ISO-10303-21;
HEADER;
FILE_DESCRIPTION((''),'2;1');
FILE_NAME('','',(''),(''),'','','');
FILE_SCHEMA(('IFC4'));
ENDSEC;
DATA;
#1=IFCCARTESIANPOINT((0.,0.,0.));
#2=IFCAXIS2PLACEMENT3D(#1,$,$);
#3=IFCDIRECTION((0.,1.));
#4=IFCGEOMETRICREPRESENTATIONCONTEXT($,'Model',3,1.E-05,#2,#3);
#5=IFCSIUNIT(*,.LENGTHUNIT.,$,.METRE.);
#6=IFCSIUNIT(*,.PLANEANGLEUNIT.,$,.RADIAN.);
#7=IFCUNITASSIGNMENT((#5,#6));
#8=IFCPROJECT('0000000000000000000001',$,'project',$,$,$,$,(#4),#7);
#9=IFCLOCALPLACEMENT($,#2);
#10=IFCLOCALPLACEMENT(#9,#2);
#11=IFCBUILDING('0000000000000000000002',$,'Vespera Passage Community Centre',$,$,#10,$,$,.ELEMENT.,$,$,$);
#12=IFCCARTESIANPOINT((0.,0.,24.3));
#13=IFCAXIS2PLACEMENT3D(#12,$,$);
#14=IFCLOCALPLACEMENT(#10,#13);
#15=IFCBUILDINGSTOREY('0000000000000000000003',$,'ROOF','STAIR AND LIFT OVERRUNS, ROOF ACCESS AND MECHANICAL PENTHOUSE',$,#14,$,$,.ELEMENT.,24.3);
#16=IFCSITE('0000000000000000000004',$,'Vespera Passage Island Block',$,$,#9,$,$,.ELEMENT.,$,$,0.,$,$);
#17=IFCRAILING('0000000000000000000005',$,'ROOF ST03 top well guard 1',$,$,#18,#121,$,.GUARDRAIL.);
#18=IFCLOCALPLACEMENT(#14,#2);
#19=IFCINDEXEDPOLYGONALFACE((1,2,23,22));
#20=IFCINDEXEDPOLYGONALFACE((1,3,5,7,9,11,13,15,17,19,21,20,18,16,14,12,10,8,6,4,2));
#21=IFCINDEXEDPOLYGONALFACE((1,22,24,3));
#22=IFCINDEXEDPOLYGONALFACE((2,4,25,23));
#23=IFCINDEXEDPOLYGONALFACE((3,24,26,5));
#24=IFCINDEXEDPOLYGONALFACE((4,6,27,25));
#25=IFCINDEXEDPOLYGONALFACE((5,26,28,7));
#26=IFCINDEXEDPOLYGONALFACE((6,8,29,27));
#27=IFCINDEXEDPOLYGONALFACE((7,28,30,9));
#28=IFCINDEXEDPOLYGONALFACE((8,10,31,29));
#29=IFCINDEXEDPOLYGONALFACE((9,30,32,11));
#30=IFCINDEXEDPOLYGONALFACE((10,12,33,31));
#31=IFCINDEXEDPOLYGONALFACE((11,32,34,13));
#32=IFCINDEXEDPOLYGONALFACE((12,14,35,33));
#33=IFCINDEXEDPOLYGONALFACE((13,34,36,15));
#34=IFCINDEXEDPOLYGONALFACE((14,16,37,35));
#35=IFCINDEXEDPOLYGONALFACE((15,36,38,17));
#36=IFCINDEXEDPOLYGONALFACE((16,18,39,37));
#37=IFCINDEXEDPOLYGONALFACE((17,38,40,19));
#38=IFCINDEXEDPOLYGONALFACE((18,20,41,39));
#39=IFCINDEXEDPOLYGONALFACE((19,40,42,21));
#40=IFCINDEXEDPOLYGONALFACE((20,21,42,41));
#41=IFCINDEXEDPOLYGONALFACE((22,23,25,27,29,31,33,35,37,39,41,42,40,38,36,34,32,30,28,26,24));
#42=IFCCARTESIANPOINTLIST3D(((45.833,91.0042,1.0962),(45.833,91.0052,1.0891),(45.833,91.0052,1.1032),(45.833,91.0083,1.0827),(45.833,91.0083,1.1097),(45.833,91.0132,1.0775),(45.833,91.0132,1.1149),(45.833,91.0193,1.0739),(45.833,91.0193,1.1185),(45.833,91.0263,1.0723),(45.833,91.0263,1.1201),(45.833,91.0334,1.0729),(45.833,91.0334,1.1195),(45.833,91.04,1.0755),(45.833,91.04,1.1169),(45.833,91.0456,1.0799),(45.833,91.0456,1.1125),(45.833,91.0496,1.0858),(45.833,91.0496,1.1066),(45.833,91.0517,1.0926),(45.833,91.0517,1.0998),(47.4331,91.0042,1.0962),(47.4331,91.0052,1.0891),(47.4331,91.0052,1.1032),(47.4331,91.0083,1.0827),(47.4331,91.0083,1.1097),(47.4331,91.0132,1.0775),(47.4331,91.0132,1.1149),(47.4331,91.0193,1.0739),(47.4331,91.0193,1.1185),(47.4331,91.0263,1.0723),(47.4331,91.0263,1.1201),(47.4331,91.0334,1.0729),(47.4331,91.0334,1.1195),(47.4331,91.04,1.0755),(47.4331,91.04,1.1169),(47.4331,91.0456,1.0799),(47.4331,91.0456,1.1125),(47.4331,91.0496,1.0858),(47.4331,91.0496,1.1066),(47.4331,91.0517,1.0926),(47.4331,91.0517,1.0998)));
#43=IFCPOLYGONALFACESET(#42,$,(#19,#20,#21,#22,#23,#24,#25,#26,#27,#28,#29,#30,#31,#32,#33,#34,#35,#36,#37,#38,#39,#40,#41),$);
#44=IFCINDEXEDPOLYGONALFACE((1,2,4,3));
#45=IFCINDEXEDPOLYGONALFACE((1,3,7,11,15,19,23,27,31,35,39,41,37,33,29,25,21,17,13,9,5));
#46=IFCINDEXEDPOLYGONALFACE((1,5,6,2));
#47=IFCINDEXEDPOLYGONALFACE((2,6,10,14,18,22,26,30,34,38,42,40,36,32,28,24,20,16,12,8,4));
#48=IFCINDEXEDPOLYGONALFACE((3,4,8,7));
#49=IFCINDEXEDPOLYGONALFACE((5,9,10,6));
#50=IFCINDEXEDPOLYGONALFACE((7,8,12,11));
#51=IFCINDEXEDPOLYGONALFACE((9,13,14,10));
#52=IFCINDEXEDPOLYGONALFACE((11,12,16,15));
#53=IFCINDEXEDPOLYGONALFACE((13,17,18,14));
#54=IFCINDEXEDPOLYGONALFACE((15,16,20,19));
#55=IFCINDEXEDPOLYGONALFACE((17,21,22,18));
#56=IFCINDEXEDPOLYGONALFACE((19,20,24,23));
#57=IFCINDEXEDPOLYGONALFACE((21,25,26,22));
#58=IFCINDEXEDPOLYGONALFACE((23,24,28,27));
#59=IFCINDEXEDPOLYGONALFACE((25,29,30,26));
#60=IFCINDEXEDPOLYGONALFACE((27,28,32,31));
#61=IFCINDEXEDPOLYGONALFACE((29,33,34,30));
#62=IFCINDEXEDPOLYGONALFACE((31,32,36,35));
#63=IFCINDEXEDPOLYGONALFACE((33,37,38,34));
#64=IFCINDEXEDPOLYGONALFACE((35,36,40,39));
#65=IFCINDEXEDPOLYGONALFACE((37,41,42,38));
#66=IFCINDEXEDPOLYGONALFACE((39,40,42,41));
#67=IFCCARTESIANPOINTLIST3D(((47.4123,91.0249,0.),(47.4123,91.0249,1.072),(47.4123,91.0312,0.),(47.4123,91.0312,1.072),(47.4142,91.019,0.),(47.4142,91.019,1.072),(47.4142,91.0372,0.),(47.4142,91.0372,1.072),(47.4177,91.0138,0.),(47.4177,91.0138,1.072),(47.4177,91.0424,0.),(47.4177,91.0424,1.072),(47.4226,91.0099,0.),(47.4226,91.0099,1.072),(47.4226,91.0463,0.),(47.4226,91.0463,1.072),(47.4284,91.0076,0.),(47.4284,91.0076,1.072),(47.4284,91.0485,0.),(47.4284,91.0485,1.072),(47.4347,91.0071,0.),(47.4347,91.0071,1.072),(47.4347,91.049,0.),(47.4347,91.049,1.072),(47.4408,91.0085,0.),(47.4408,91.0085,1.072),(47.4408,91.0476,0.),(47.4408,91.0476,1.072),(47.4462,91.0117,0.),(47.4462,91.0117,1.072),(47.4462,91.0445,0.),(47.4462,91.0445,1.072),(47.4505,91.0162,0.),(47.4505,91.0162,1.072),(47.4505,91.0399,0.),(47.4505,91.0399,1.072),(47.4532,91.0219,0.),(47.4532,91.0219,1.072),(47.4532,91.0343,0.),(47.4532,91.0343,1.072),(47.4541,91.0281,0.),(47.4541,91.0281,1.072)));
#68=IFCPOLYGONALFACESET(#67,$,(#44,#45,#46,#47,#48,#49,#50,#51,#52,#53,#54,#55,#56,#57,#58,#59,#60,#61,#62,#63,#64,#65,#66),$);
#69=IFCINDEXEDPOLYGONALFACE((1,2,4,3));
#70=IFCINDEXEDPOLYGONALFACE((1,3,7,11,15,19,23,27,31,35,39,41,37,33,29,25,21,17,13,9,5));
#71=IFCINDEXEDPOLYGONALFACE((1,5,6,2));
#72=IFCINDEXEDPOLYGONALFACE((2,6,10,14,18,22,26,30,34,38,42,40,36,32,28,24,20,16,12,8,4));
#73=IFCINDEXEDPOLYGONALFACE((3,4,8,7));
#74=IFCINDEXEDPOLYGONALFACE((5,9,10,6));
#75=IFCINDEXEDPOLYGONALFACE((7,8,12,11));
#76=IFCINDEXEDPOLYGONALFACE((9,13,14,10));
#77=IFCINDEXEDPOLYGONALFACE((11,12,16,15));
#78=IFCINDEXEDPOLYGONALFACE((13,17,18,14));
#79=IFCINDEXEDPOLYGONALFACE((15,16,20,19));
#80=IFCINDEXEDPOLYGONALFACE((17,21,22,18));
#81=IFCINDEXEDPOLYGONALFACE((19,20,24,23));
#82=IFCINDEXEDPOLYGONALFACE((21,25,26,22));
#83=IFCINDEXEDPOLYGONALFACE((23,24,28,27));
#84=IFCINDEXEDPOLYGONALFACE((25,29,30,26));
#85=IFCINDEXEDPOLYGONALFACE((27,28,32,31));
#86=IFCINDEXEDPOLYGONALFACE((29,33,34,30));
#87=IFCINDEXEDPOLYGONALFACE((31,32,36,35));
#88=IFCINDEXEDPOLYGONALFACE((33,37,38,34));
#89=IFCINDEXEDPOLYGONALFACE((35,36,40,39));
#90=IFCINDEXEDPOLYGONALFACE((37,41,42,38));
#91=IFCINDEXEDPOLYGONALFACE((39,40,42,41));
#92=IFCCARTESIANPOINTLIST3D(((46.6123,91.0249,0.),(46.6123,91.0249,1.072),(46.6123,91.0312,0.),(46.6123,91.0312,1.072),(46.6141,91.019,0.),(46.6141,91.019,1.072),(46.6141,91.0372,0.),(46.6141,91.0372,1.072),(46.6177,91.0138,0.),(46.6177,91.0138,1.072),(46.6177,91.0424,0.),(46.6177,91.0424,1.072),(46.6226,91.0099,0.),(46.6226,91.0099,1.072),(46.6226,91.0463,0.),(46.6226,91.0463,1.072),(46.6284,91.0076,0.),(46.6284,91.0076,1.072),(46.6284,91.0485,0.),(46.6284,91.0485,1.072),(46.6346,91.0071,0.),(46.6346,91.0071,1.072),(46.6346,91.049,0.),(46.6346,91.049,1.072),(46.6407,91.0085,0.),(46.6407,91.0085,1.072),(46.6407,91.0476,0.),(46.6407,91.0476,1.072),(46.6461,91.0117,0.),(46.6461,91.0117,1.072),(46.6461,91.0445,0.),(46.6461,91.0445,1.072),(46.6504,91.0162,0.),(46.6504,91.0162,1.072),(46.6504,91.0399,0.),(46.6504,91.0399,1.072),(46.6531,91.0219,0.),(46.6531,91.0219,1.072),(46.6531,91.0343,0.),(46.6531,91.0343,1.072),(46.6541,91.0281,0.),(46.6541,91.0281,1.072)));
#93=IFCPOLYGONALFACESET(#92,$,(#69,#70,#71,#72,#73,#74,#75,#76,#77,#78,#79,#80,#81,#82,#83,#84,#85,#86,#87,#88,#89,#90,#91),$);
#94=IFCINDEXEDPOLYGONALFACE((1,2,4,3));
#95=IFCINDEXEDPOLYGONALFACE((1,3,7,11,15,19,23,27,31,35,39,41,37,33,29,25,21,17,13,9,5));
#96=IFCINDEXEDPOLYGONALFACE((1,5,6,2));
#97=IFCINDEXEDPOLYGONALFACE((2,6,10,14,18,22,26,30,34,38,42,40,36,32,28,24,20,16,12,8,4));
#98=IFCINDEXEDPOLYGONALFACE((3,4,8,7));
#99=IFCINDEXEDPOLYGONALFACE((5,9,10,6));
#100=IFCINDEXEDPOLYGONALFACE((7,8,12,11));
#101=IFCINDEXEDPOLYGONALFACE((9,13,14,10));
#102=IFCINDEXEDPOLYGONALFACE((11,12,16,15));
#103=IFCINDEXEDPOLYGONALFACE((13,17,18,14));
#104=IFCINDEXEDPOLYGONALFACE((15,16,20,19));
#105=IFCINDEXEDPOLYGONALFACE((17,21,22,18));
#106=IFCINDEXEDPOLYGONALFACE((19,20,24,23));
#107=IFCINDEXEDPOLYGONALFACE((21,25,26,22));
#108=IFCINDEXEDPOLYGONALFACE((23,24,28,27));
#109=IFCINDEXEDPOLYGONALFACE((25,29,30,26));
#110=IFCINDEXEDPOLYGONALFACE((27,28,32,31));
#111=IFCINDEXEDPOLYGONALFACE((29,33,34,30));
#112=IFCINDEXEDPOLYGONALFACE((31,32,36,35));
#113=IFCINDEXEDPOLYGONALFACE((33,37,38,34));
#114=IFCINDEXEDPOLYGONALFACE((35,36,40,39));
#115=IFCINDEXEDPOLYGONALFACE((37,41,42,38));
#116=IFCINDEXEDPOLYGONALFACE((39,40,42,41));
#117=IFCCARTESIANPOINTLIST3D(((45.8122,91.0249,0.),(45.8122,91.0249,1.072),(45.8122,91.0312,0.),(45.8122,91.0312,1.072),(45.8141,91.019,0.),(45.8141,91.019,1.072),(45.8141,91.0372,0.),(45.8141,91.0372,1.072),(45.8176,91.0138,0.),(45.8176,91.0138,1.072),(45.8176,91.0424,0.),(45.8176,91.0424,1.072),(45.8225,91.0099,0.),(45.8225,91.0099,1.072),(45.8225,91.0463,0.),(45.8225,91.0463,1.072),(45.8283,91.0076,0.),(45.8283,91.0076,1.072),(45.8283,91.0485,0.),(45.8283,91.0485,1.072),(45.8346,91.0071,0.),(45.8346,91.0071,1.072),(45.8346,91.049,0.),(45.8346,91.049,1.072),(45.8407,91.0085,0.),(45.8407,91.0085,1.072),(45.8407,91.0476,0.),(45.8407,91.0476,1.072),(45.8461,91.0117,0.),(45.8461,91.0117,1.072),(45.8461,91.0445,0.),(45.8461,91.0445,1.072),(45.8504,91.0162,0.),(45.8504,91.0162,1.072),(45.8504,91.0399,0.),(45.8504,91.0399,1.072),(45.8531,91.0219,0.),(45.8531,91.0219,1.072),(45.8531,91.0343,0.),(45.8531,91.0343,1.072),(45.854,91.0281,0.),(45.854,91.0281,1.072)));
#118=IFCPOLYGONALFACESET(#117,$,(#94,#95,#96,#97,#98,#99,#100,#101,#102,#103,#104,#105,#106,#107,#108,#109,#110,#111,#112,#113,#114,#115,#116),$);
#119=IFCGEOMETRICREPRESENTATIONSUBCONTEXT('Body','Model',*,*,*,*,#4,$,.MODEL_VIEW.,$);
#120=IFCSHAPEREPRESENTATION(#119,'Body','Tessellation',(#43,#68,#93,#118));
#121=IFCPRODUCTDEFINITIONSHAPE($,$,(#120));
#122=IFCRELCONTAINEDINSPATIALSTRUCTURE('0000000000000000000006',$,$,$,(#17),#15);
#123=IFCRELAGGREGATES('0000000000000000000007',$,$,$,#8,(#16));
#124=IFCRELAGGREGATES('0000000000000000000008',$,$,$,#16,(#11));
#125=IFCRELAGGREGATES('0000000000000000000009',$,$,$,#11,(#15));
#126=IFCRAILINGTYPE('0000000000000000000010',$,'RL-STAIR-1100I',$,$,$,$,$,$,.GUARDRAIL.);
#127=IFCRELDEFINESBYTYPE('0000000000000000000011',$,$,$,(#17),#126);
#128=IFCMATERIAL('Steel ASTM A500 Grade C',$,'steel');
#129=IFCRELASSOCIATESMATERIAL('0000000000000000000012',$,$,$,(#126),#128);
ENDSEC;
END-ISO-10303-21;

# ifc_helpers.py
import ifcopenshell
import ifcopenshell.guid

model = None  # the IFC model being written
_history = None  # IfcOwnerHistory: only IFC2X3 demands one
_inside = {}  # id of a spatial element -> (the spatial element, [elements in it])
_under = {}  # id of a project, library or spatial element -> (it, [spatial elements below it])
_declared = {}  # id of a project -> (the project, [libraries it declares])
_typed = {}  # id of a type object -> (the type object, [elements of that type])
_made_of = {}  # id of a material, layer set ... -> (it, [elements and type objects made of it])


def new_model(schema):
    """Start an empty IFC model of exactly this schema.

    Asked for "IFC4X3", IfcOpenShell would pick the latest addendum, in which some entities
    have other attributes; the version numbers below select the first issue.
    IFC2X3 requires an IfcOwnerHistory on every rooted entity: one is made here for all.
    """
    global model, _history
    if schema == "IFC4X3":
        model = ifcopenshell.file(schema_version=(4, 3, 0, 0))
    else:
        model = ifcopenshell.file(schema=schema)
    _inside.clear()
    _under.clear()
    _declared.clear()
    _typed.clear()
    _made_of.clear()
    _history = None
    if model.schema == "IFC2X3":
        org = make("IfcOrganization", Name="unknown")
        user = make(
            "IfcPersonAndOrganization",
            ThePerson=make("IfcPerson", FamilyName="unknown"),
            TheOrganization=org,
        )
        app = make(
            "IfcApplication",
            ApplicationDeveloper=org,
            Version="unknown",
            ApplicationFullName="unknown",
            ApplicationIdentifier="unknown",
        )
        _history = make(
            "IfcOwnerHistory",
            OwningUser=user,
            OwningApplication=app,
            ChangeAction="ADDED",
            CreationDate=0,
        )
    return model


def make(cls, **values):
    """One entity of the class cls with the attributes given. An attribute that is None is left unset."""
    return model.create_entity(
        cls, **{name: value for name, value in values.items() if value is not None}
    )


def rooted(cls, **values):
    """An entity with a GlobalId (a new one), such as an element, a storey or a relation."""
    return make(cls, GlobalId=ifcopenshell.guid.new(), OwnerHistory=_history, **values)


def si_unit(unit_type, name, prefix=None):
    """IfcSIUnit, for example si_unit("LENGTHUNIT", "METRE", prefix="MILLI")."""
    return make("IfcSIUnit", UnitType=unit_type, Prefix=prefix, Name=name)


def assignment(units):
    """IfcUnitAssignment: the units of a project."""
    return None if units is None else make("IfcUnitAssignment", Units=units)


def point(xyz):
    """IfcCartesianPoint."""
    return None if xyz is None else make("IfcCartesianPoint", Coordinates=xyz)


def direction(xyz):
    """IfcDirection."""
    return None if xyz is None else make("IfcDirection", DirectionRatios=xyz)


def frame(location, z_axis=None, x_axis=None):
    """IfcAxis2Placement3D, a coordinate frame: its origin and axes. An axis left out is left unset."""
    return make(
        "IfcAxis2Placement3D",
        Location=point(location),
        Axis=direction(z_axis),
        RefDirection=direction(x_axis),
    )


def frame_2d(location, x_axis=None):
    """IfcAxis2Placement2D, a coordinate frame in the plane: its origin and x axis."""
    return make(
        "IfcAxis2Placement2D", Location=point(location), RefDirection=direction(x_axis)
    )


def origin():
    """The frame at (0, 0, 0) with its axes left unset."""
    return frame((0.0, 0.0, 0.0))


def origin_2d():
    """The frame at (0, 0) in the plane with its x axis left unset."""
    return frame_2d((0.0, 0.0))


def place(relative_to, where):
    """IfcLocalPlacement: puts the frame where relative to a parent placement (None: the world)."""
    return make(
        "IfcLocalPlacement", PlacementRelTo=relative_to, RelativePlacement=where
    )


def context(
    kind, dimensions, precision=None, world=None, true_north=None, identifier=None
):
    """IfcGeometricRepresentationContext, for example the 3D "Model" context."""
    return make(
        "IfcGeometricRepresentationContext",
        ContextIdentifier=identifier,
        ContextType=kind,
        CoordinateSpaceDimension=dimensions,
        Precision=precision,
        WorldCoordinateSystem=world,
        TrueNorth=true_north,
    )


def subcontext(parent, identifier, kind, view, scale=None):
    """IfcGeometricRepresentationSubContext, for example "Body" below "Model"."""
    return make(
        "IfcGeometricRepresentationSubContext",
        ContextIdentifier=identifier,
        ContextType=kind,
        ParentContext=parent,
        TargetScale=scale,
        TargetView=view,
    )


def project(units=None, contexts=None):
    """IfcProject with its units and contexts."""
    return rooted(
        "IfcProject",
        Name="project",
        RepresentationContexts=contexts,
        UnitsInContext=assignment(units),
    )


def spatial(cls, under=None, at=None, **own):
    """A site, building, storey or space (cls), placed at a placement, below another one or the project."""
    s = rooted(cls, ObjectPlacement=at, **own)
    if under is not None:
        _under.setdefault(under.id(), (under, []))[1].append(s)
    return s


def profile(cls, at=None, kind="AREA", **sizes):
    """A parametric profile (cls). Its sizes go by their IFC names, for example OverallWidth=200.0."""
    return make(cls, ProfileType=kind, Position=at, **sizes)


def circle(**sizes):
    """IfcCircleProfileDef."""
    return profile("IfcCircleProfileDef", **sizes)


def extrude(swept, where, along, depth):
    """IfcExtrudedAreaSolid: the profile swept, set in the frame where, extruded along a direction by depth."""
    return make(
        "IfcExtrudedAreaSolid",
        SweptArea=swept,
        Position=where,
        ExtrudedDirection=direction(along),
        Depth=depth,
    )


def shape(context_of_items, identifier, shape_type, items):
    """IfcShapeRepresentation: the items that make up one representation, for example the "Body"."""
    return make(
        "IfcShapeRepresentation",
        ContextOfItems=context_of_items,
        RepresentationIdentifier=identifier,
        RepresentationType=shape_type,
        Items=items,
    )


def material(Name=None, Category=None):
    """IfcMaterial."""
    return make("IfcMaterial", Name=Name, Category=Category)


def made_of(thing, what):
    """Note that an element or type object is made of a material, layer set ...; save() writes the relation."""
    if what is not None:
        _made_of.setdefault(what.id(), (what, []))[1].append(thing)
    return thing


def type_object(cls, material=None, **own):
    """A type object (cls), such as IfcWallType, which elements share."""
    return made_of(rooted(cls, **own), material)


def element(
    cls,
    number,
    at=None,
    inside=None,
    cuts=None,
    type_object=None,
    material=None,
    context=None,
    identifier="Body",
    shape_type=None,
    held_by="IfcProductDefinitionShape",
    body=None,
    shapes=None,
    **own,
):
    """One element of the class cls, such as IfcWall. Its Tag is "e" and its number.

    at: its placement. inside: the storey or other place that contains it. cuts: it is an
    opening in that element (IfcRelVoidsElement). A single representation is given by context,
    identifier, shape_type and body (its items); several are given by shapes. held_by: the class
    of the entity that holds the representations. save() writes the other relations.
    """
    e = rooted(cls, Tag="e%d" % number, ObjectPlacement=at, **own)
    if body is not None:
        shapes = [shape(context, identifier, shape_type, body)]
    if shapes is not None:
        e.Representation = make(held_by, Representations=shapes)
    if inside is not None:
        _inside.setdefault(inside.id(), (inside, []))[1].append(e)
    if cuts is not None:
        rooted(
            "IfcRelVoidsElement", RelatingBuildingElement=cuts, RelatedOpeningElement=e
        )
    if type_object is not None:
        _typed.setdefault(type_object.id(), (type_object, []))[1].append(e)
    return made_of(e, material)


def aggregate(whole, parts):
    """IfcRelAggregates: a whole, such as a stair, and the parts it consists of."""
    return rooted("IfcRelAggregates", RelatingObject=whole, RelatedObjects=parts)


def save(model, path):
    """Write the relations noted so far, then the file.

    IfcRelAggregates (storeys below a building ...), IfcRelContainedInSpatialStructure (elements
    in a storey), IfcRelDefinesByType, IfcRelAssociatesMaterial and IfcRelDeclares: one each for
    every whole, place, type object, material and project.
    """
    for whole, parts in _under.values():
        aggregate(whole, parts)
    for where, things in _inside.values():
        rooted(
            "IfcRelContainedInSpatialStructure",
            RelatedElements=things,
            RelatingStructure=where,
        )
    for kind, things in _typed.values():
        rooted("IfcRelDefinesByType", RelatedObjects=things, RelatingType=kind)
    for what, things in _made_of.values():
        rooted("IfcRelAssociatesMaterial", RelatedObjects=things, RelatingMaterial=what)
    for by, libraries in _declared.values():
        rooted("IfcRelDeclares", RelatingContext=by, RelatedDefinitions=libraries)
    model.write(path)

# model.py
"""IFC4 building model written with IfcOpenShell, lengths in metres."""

from ifc_helpers import new_model, si_unit, direction, frame, origin, origin_2d, place, context, subcontext, project, spatial, circle, extrude, material, type_object, element, save


model = new_model("IFC4")

# Units and contexts
model_context = context("Model", 3, precision=1e-05, world=origin(), true_north=direction((0.0, 1.0)))
body_context = subcontext(model_context, "Body", "Model", "MODEL_VIEW")
ifc_project = project(units=[si_unit("LENGTHUNIT", "METRE"), si_unit("PLANEANGLEUNIT", "RADIAN")], contexts=[model_context])

# Site, building, storey
site_placement = place(None, origin())
site = spatial("IfcSite", under=ifc_project, at=site_placement, Name="Vespera Passage Island Block", CompositionType="ELEMENT", RefElevation=0.0)
building_placement = place(site_placement, origin())
building = spatial("IfcBuilding", under=site, at=building_placement, Name="Vespera Passage Community Centre", CompositionType="ELEMENT")
storey_placement = place(building_placement, frame((0.0, 0.0, 24.3)))
storey = spatial("IfcBuildingStorey", under=building, at=storey_placement, Name="ROOF", Description="STAIR AND LIFT OVERRUNS, ROOF ACCESS AND MECHANICAL PENTHOUSE", CompositionType="ELEMENT", Elevation=24.3)

# Railing
ifc_material_1 = material(Name="Steel ASTM A500 Grade C", Category="steel")
railing_type_1 = type_object("IfcRailingType", Name="RL-STAIR-1100I", PredefinedType="GUARDRAIL", material=ifc_material_1)
railing_1_placement = place(storey_placement, frame((47.4331, 91.0281, 0.0)))
element("IfcRailing", 1, at=railing_1_placement, inside=storey, type_object=railing_type_1, Name="ROOF ST03 top well guard 1", PredefinedType="GUARDRAIL", context=body_context, shape_type="SweptSolid", body=[
    extrude(circle(Radius=0.0239, at=origin_2d()), frame((0.0, 0.0, 1.0962), z_axis=(-1.0, 0.0, 0.0), x_axis=(0.0, -1.0, 0.0)), (0.0, 0.0, 1.0), 1.6001),
    extrude(circle(Radius=0.021, at=origin_2d()), origin(), (0.0, 0.0, 1.0), 1.072),
    extrude(circle(Radius=0.021, at=origin_2d()), frame((-0.8, 0.0, 0.0)), (0.0, 0.0, 1.0), 1.072),
    extrude(circle(Radius=0.021, at=origin_2d()), frame((-1.6001, 0.0, 0.0)), (0.0, 0.0, 1.0), 1.072),
])

save(model, "model.ifc")
